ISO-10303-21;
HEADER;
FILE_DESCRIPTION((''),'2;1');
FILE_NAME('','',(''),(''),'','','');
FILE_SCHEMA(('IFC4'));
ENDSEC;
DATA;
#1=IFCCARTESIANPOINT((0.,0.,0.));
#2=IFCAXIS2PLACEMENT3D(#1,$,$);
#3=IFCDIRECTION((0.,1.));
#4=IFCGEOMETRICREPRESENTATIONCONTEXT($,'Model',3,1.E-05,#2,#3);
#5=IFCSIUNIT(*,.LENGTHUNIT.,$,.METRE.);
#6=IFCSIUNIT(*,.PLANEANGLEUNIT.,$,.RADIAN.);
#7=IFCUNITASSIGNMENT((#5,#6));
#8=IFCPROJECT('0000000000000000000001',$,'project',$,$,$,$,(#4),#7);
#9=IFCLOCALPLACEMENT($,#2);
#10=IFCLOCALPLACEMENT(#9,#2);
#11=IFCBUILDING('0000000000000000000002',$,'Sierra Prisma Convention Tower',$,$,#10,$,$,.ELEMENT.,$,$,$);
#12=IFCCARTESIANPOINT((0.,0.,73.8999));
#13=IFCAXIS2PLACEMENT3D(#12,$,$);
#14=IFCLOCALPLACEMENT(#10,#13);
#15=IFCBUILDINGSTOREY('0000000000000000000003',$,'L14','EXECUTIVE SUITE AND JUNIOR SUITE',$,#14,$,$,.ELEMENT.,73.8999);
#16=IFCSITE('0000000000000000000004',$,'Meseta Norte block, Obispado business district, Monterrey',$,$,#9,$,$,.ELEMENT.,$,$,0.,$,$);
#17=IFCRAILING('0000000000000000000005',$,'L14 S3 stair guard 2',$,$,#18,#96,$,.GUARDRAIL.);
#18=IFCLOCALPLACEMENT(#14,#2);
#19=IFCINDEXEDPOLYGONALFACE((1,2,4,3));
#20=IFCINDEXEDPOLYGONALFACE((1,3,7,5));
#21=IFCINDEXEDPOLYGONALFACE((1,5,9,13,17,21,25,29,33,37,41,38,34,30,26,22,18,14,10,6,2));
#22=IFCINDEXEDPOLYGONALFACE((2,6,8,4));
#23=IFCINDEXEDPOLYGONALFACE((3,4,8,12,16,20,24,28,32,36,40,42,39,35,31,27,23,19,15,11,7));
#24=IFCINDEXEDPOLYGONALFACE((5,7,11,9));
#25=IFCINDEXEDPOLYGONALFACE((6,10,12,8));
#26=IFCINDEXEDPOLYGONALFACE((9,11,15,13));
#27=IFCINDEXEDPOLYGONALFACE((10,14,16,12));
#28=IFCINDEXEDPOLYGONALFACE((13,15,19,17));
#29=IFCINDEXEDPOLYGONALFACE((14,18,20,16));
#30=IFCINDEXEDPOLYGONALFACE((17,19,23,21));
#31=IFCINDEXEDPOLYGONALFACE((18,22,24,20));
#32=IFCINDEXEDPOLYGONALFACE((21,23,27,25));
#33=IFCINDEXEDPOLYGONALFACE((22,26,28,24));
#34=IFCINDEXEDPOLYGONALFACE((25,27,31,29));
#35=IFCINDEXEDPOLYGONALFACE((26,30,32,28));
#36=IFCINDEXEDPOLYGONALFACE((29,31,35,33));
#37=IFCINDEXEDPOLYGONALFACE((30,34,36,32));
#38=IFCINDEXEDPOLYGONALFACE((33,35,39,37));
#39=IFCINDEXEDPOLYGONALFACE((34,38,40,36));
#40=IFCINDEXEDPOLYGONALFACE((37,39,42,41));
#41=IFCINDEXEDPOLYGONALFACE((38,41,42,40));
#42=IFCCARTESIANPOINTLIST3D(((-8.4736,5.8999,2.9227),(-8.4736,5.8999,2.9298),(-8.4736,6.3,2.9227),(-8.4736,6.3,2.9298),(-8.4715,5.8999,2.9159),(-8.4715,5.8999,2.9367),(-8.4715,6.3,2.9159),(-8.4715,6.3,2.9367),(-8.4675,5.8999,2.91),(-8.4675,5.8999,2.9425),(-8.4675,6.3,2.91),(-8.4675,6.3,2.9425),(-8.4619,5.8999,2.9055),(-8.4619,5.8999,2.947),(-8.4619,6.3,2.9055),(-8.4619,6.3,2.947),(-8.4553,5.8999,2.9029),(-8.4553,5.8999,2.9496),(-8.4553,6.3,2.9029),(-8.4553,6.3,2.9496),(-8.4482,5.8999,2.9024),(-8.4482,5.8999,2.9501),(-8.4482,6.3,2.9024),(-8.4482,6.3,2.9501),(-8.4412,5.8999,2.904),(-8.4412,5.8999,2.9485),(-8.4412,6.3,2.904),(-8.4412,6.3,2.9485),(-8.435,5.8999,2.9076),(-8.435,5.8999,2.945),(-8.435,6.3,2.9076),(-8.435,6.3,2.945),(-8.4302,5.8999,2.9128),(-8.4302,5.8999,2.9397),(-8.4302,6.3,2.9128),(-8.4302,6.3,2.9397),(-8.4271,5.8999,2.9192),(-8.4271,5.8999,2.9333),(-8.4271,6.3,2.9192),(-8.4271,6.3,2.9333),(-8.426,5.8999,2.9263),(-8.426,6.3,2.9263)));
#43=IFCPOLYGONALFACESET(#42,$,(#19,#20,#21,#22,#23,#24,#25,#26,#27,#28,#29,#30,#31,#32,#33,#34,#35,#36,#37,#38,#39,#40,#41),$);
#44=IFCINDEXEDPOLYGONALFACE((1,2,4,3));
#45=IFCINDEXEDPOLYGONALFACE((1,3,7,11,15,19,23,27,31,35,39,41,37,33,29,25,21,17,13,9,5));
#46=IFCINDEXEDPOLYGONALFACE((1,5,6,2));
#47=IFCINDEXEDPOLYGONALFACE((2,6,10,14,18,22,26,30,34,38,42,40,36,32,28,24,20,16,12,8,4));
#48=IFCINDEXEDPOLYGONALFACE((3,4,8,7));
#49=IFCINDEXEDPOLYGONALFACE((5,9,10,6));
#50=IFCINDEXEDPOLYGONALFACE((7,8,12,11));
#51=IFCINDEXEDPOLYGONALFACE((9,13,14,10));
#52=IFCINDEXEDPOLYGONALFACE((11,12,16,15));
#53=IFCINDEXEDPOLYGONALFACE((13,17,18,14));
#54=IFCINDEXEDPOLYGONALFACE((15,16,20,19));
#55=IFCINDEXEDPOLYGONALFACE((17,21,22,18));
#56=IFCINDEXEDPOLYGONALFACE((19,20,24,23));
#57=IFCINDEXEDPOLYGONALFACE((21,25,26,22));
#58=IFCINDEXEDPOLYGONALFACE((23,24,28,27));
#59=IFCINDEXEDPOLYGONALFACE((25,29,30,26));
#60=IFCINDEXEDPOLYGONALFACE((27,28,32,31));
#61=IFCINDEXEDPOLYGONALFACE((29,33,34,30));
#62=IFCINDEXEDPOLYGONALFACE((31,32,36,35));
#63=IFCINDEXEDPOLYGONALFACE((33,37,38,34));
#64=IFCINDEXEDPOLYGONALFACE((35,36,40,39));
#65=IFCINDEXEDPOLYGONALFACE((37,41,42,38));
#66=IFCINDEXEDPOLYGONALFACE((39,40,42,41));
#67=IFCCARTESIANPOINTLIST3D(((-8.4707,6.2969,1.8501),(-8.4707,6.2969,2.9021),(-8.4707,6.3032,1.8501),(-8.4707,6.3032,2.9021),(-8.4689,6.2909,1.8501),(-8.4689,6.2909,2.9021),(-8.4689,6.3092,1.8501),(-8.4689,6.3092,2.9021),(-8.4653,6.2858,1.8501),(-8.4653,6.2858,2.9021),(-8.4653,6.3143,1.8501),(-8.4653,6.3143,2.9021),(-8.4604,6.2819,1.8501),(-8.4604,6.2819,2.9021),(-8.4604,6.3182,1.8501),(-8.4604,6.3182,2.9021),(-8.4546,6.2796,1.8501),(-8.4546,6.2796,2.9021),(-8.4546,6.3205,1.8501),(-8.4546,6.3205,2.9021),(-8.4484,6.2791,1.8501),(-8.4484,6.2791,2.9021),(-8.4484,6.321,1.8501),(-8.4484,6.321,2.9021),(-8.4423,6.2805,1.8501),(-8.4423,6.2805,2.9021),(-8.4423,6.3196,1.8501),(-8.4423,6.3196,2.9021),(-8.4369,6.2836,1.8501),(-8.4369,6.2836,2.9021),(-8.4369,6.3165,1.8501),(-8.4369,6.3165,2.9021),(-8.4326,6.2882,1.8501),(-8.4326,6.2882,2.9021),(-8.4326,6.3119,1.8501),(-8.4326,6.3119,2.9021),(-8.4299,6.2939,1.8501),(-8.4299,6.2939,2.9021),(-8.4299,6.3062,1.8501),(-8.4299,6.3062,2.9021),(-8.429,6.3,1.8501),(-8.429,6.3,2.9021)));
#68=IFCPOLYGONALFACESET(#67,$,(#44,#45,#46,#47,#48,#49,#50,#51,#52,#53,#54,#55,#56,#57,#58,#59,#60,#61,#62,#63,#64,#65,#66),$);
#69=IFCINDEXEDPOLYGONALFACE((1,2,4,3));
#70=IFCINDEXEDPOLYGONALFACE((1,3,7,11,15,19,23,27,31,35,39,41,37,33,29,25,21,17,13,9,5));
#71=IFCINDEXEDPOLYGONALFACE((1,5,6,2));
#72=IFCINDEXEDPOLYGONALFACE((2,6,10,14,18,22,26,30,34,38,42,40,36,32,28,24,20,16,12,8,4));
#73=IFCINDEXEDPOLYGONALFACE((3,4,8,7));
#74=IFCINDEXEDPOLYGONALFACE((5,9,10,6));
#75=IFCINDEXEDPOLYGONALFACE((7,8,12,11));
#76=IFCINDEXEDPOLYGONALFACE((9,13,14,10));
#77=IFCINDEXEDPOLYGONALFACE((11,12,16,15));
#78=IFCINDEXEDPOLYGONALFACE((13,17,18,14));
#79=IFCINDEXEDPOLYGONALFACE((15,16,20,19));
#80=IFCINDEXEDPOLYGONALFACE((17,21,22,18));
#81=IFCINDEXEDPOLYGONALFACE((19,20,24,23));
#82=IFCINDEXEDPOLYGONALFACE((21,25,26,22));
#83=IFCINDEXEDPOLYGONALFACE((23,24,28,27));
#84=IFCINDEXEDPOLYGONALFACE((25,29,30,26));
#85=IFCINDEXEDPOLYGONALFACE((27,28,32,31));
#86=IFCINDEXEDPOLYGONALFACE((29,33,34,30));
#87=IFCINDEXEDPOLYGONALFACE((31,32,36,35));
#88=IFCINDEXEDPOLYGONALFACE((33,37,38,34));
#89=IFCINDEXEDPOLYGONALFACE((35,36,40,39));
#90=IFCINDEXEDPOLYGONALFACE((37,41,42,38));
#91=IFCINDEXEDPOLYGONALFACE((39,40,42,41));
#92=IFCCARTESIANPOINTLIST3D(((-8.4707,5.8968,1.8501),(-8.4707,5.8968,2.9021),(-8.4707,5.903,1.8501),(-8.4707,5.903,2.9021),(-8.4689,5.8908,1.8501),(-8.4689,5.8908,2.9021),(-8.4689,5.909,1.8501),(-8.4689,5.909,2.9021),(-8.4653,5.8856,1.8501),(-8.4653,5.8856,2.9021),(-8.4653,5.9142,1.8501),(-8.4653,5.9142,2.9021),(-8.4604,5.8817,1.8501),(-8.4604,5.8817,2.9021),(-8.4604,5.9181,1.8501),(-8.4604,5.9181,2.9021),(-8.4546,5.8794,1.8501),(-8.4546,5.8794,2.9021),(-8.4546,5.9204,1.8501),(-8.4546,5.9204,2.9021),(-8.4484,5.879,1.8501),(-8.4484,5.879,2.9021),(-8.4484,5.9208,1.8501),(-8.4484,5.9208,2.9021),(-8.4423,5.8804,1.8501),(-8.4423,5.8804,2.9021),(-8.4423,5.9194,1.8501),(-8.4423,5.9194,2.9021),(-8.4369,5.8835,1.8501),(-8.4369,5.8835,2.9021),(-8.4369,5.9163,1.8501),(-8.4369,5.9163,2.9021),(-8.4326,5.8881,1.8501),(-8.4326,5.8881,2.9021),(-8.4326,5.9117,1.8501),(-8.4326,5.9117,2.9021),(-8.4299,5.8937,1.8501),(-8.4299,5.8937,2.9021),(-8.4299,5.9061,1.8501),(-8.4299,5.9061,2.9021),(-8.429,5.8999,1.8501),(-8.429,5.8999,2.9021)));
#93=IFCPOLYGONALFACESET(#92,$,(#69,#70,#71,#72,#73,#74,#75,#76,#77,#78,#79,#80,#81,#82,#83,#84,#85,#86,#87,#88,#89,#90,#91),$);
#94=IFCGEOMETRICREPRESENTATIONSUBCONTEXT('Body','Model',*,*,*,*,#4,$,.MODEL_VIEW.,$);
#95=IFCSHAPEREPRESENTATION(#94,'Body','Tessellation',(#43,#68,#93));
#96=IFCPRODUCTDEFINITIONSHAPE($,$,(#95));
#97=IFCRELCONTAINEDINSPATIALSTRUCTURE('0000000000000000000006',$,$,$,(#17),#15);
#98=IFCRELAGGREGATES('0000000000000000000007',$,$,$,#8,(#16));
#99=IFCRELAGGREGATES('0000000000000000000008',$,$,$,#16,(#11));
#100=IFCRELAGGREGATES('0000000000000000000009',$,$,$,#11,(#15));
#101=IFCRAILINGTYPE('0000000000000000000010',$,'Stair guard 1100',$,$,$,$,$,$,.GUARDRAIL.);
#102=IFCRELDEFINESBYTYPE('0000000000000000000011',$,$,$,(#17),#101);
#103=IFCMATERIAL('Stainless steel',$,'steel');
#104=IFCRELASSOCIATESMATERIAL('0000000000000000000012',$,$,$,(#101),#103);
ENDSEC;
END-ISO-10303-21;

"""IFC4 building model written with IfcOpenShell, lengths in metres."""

from ifc_helpers import new_model, si_unit, direction, frame, origin, origin_2d, place, context, subcontext, project, spatial, circle, extrude, material, type_object, element, save


model = new_model("IFC4")

# Units and contexts
model_context = context("Model", 3, precision=1e-05, world=origin(), true_north=direction((0.0, 1.0)))
body_context = subcontext(model_context, "Body", "Model", "MODEL_VIEW")
ifc_project = project(units=[si_unit("LENGTHUNIT", "METRE"), si_unit("PLANEANGLEUNIT", "RADIAN")], contexts=[model_context])

# Site, building, storey
site_placement = place(None, origin())
site = spatial("IfcSite", under=ifc_project, at=site_placement, Name="Meseta Norte block, Obispado business district, Monterrey", CompositionType="ELEMENT", RefElevation=0.0)
building_placement = place(site_placement, origin())
building = spatial("IfcBuilding", under=site, at=building_placement, Name="Sierra Prisma Convention Tower", CompositionType="ELEMENT")
storey_placement = place(building_placement, frame((0.0, 0.0, 73.8999)))
storey = spatial("IfcBuildingStorey", under=building, at=storey_placement, Name="L14", Description="EXECUTIVE SUITE AND JUNIOR SUITE", CompositionType="ELEMENT", Elevation=73.8999)

# Railing
ifc_material_1 = material(Name="Stainless steel", Category="steel")
railing_type_1 = type_object("IfcRailingType", Name="Stair guard 1100", PredefinedType="GUARDRAIL", material=ifc_material_1)
railing_1_placement = place(storey_placement, frame((-8.45, 6.3, 1.8501)))
element("IfcRailing", 1, at=railing_1_placement, inside=storey, type_object=railing_type_1, Name="L14 S3 stair guard 2", PredefinedType="GUARDRAIL", context=body_context, shape_type="SweptSolid", body=[
    extrude(circle(Radius=0.0239, at=origin_2d()), frame((0.0, 0.0, 1.0762), z_axis=(0.0, -1.0, 0.0), x_axis=(1.0, 0.0, 0.0)), (0.0, 0.0, 1.0), 0.4001),
    extrude(circle(Radius=0.021, at=origin_2d()), origin(), (0.0, 0.0, 1.0), 1.052),
    extrude(circle(Radius=0.021, at=origin_2d()), frame((0.0, -0.4001, 0.0)), (0.0, 0.0, 1.0), 1.052),
])

save(model, "model.ifc")
